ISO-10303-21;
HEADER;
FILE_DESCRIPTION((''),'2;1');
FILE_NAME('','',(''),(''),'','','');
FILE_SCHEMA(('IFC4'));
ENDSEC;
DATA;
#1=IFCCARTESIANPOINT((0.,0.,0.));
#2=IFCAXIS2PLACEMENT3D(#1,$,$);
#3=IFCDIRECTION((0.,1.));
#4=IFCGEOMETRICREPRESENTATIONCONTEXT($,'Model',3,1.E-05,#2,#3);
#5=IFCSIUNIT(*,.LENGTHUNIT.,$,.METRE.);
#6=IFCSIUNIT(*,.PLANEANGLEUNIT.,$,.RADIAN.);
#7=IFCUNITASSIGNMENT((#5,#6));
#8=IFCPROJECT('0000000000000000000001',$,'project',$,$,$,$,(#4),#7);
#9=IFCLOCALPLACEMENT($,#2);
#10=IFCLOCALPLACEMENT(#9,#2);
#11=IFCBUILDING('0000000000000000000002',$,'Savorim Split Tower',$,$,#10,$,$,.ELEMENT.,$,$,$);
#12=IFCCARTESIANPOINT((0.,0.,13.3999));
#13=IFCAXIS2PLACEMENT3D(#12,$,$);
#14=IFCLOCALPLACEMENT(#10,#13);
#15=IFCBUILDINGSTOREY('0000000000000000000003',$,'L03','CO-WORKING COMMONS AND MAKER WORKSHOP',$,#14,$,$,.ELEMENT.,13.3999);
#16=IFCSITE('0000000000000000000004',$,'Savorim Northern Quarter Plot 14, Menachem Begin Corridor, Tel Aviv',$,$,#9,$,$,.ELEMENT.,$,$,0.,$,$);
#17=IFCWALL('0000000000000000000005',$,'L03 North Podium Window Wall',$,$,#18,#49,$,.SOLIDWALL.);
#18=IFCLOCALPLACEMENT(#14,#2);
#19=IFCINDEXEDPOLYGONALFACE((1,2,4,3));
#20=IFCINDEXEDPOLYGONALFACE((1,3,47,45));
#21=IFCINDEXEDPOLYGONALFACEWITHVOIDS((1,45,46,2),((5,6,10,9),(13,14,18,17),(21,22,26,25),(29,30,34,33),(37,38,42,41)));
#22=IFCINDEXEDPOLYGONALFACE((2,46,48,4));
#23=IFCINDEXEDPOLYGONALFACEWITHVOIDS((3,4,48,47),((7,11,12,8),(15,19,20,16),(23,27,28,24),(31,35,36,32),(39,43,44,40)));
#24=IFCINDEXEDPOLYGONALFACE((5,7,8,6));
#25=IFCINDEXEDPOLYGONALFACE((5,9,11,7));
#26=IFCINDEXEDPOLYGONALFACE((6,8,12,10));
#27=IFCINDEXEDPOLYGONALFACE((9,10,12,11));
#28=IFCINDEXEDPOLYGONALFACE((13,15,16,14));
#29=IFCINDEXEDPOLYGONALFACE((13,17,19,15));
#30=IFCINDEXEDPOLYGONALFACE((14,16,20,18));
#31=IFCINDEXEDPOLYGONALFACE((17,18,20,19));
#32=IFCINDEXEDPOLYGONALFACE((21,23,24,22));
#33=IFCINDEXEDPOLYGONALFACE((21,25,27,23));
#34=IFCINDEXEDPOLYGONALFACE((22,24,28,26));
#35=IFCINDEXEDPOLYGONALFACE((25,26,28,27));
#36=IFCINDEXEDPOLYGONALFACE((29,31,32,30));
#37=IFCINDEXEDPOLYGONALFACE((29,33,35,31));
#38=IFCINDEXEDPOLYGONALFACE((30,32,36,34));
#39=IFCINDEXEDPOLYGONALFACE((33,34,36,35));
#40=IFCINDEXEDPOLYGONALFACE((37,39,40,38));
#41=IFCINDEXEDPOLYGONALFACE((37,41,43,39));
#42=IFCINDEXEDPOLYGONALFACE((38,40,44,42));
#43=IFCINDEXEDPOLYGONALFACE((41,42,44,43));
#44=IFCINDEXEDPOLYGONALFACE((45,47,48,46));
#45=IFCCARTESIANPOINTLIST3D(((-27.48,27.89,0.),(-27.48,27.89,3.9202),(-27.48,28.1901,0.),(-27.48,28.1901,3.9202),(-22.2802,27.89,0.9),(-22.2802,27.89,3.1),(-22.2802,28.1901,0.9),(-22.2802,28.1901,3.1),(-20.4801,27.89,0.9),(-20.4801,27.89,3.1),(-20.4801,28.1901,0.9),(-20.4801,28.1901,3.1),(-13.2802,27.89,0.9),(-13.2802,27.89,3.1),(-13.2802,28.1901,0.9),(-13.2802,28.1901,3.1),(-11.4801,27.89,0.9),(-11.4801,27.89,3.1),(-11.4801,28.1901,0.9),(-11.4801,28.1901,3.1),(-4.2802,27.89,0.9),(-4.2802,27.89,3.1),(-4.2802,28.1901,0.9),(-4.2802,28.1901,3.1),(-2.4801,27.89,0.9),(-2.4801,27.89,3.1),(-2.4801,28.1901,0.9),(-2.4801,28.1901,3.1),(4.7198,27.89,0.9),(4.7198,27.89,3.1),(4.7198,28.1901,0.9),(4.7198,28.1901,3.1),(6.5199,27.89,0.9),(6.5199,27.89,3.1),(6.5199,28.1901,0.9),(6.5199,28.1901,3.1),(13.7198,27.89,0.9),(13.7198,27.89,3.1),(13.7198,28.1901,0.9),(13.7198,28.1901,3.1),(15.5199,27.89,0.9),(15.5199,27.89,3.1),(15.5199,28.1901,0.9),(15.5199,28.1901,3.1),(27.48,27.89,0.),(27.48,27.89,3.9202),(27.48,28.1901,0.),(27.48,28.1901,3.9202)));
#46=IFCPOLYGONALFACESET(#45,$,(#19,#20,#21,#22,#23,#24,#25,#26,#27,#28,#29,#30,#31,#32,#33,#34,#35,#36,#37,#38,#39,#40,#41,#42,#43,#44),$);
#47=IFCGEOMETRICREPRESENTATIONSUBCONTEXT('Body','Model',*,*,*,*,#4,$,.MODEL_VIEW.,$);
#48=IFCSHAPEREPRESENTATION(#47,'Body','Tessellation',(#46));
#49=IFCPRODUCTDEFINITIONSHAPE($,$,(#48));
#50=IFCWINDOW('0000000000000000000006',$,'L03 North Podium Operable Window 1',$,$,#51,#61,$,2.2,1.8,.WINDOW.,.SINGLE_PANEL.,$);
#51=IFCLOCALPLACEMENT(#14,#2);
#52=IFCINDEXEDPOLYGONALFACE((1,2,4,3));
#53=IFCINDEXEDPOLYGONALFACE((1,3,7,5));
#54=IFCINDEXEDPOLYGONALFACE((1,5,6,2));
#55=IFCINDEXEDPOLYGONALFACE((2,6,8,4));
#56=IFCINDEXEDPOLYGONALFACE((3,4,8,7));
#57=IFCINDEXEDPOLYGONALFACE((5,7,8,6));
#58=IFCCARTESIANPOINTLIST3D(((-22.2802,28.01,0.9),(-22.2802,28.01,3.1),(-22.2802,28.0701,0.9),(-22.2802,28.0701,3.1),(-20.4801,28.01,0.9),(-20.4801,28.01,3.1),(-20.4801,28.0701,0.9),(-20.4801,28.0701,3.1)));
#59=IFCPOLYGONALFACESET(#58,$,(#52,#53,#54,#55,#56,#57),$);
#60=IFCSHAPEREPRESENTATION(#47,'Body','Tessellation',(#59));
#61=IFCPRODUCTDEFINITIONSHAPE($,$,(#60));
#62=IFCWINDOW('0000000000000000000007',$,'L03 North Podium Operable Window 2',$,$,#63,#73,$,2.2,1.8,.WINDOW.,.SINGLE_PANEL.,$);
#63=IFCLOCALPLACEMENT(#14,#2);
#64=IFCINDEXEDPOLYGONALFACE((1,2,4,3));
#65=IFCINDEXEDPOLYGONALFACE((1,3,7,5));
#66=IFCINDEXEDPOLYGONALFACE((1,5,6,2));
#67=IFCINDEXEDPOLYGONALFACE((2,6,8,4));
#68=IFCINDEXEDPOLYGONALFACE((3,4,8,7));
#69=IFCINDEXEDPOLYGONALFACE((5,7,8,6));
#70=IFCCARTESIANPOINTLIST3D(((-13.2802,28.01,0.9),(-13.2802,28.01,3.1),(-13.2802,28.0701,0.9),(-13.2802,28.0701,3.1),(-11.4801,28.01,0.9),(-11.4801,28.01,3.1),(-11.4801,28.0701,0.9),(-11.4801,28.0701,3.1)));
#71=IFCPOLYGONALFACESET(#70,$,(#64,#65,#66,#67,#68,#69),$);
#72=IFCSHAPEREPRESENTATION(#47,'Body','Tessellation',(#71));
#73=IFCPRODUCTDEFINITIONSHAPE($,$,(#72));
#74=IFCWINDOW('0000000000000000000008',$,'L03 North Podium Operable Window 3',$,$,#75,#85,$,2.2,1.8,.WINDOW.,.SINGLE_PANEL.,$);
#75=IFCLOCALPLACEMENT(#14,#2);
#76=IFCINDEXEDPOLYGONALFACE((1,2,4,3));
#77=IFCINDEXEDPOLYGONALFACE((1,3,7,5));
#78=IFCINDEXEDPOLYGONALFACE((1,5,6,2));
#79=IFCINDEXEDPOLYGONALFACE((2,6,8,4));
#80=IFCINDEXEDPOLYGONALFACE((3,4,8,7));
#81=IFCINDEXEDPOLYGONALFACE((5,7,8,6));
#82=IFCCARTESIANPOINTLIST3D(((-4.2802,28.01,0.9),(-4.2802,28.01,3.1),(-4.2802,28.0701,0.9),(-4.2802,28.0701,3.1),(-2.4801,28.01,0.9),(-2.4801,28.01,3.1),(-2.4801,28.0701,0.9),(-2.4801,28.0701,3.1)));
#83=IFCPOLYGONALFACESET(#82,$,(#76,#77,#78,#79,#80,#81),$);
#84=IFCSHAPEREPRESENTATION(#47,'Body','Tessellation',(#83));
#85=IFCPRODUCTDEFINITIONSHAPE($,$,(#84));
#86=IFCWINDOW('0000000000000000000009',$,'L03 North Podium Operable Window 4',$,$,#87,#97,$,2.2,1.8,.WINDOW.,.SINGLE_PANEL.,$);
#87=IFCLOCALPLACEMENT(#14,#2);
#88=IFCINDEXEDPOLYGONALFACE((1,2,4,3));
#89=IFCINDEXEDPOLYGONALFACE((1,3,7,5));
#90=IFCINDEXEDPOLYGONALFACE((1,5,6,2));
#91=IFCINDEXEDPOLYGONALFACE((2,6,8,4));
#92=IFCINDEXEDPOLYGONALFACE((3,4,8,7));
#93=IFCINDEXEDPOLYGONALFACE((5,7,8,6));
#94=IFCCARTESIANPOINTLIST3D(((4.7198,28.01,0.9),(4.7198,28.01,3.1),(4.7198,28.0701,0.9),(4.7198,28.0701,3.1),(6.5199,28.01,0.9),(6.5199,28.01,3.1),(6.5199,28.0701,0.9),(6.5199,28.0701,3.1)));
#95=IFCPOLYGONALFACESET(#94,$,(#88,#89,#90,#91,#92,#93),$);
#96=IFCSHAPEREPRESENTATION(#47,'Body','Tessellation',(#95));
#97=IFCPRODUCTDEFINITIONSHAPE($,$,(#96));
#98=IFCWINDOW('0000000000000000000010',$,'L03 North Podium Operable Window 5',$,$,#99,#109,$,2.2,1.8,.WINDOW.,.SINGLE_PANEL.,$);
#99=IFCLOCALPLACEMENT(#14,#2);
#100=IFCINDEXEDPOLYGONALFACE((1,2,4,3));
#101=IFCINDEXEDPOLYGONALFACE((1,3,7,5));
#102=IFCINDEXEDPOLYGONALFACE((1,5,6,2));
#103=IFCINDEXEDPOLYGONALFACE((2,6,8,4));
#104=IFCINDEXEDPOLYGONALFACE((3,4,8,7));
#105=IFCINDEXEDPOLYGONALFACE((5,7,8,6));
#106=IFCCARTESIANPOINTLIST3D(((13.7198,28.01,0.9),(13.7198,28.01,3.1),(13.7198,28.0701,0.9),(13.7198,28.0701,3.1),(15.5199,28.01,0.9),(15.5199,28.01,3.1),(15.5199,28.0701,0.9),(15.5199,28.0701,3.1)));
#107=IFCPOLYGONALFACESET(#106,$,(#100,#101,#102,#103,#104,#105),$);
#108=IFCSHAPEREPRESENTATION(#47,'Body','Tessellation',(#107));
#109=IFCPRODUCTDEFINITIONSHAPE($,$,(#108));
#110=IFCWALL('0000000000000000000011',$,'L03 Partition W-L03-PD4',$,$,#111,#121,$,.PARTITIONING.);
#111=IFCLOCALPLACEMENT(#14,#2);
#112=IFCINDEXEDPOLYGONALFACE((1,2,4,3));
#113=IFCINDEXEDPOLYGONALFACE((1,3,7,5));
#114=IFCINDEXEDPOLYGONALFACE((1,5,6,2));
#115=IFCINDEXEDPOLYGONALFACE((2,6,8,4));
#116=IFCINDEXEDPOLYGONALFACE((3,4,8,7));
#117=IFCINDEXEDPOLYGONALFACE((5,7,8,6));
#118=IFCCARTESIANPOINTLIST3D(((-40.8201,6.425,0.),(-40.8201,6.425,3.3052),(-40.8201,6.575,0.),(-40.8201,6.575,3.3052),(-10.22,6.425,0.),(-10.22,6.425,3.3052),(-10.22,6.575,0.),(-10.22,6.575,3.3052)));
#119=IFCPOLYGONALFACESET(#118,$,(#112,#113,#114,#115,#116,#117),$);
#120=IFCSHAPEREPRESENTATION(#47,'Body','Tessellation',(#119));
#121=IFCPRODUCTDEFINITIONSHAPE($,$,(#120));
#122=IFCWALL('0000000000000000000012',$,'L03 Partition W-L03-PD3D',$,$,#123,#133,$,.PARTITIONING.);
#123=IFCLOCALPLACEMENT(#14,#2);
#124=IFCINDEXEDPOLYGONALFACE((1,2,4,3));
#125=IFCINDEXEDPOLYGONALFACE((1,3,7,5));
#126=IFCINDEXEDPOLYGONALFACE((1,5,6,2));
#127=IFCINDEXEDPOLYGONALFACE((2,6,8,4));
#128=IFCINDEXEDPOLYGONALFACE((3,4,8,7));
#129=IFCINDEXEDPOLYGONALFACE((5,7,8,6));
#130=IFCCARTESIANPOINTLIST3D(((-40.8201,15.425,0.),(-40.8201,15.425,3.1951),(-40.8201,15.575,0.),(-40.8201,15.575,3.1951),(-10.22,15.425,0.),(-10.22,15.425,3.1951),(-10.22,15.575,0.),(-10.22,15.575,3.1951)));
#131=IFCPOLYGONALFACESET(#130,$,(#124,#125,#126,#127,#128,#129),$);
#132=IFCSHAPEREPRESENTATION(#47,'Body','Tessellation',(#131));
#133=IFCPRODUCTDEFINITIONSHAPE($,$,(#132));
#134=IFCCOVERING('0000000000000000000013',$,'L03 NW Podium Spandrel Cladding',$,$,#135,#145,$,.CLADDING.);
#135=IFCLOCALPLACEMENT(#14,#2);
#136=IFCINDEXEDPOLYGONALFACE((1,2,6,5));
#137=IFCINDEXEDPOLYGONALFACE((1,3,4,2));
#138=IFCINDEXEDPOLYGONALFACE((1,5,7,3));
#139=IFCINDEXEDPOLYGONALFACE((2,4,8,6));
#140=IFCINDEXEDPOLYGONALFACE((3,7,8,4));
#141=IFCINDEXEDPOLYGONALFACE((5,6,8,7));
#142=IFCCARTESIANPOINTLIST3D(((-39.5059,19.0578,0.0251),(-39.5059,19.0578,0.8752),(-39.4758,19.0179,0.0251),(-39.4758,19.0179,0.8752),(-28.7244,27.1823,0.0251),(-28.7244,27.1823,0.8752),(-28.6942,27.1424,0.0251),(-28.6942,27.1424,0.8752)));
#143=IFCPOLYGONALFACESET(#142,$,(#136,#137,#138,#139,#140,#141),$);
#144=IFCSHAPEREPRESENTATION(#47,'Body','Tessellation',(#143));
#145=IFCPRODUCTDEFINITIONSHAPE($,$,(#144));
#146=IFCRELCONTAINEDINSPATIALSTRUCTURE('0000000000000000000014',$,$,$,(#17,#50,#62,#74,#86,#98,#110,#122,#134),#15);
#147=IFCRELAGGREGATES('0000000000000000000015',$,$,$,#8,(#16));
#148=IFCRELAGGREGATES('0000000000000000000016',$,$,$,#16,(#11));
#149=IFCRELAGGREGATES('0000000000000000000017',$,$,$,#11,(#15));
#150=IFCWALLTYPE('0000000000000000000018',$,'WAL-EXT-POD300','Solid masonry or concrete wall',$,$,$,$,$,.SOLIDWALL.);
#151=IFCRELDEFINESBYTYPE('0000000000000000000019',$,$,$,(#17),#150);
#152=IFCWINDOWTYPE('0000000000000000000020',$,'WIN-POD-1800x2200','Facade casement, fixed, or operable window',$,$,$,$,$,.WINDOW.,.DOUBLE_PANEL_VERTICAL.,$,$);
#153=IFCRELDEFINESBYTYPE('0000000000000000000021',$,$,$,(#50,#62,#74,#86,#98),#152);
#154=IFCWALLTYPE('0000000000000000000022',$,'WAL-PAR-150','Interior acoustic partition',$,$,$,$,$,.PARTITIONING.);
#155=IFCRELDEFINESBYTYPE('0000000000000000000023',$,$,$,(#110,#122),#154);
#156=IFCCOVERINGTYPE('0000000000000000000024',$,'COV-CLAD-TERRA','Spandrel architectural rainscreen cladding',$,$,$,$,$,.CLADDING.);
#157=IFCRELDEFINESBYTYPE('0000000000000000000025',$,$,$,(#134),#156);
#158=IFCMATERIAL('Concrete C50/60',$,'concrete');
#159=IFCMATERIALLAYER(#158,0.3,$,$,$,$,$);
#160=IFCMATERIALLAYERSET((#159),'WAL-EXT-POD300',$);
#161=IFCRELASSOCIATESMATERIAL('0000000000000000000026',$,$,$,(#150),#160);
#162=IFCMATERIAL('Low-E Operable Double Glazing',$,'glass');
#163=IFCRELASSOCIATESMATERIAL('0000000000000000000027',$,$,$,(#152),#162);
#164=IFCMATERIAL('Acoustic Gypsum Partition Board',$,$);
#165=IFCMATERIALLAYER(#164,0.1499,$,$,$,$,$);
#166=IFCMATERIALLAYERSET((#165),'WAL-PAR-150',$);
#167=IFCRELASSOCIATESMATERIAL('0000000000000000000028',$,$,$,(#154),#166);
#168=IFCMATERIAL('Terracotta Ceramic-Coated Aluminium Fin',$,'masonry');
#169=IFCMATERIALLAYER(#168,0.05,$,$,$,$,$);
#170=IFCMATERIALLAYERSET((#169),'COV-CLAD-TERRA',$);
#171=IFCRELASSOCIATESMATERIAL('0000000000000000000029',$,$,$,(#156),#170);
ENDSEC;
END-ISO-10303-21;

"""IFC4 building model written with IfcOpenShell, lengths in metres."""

from ifc_helpers import new_model, si_unit, direction, frame, frame_2d, origin, origin_2d, place, context, subcontext, project, spatial, rectangle, extrude, material, layer, layer_set, type_object, element, fill, save


model = new_model("IFC4")

# Units and contexts
model_context = context("Model", 3, precision=1e-05, world=origin(), true_north=direction((0.0, 1.0)))
body_context = subcontext(model_context, "Body", "Model", "MODEL_VIEW")
ifc_project = project(units=[si_unit("LENGTHUNIT", "METRE"), si_unit("PLANEANGLEUNIT", "RADIAN")], contexts=[model_context])

# Site, building, storey
site_placement = place(None, origin())
site = spatial("IfcSite", under=ifc_project, at=site_placement, Name="Savorim Northern Quarter Plot 14, Menachem Begin Corridor, Tel Aviv", CompositionType="ELEMENT", RefElevation=0.0)
building_placement = place(site_placement, origin())
building = spatial("IfcBuilding", under=site, at=building_placement, Name="Savorim Split Tower", CompositionType="ELEMENT")
storey_placement = place(building_placement, frame((0.0, 0.0, 13.3999)))
storey = spatial("IfcBuildingStorey", under=building, at=storey_placement, Name="L03", Description="CO-WORKING COMMONS AND MAKER WORKSHOP", CompositionType="ELEMENT", Elevation=13.3999)

# Shared definitions
ifc_material_1 = material(Name="Low-E Operable Double Glazing", Category="glass")

# Wall, openings, windows
ifc_material_2 = material(Name="Concrete C50/60", Category="concrete")
ifc_layer_1 = layer(ifc_material_2, 0.3)
ifc_layer_set_1 = layer_set([ifc_layer_1], Name="WAL-EXT-POD300")
wall_type_1 = type_object("IfcWallType", Name="WAL-EXT-POD300", Description="Solid masonry or concrete wall", PredefinedType="SOLIDWALL", material=ifc_layer_set_1)
wall_1_placement = place(storey_placement, frame((-27.48, 28.04, 0.0), z_axis=(0.0, 0.0, 1.0), x_axis=(1.0, 0.0, 0.0)))
wall_1 = element("IfcWall", 1, at=wall_1_placement, inside=storey, type_object=wall_type_1, Name="L03 North Podium Window Wall", PredefinedType="SOLIDWALL", context=body_context, shape_type="SweptSolid", body=[
    extrude(rectangle(XDim=54.96, YDim=0.3, at=frame_2d((27.48, 0.0))), origin(), (0.0, 0.0, 1.0), 3.9202),
])
opening_1_placement = place(wall_1_placement, frame((5.2, 0.0, 0.8999)))
opening_1 = element("IfcOpeningElement", 2, at=opening_1_placement, cuts=wall_1, PredefinedType="OPENING", context=body_context, shape_type="SweptSolid", body=[
    extrude(rectangle(XDim=1.8, YDim=2.2, at=frame_2d((0.8999, 1.1001))), frame((0.0, 0.1599, 0.0), z_axis=(0.0, -1.0, 0.0), x_axis=(1.0, 0.0, 0.0)), (0.0, 0.0, 1.0), 0.3201),
])
opening_2_placement = place(wall_1_placement, frame((14.2, 0.0, 0.8999)))
opening_2 = element("IfcOpeningElement", 3, at=opening_2_placement, cuts=wall_1, PredefinedType="OPENING", context=body_context, shape_type="SweptSolid", body=[
    extrude(rectangle(XDim=1.8, YDim=2.2, at=frame_2d((0.8999, 1.1001))), frame((0.0, 0.1599, 0.0), z_axis=(0.0, -1.0, 0.0), x_axis=(1.0, 0.0, 0.0)), (0.0, 0.0, 1.0), 0.3201),
])
opening_3_placement = place(wall_1_placement, frame((23.2, 0.0, 0.8999)))
opening_3 = element("IfcOpeningElement", 4, at=opening_3_placement, cuts=wall_1, PredefinedType="OPENING", context=body_context, shape_type="SweptSolid", body=[
    extrude(rectangle(XDim=1.8, YDim=2.2, at=frame_2d((0.8999, 1.1001))), frame((0.0, 0.1599, 0.0), z_axis=(0.0, -1.0, 0.0), x_axis=(1.0, 0.0, 0.0)), (0.0, 0.0, 1.0), 0.3201),
])
opening_4_placement = place(wall_1_placement, frame((32.2, 0.0, 0.8999)))
opening_4 = element("IfcOpeningElement", 5, at=opening_4_placement, cuts=wall_1, PredefinedType="OPENING", context=body_context, shape_type="SweptSolid", body=[
    extrude(rectangle(XDim=1.8, YDim=2.2, at=frame_2d((0.8999, 1.1001))), frame((0.0, 0.1599, 0.0), z_axis=(0.0, -1.0, 0.0), x_axis=(1.0, 0.0, 0.0)), (0.0, 0.0, 1.0), 0.3201),
])
opening_5_placement = place(wall_1_placement, frame((41.2, 0.0, 0.8999)))
opening_5 = element("IfcOpeningElement", 6, at=opening_5_placement, cuts=wall_1, PredefinedType="OPENING", context=body_context, shape_type="SweptSolid", body=[
    extrude(rectangle(XDim=1.8, YDim=2.2, at=frame_2d((0.8999, 1.1001))), frame((0.0, 0.1599, 0.0), z_axis=(0.0, -1.0, 0.0), x_axis=(1.0, 0.0, 0.0)), (0.0, 0.0, 1.0), 0.3201),
])
window_type = type_object("IfcWindowType", Name="WIN-POD-1800x2200", Description="Facade casement, fixed, or operable window", PartitioningType="DOUBLE_PANEL_VERTICAL", PredefinedType="WINDOW", material=ifc_material_1)
window_1_placement = place(opening_1_placement, origin())
window_1 = element("IfcWindow", 7, at=window_1_placement, inside=storey, type_object=window_type, Name="L03 North Podium Operable Window 1", OverallHeight=2.2, OverallWidth=1.8, PartitioningType="SINGLE_PANEL", PredefinedType="WINDOW", context=body_context, shape_type="SweptSolid", body=[
    extrude(rectangle(XDim=1.8, YDim=2.2, at=frame_2d((0.8999, 1.1001))), frame((0.0, 0.03, 0.0), z_axis=(0.0, -1.0, 0.0), x_axis=(1.0, 0.0, 0.0)), (0.0, 0.0, 1.0), 0.0601),
])
fill(opening_1, window_1)
window_2_placement = place(opening_2_placement, origin())
window_2 = element("IfcWindow", 8, at=window_2_placement, inside=storey, type_object=window_type, Name="L03 North Podium Operable Window 2", OverallHeight=2.2, OverallWidth=1.8, PartitioningType="SINGLE_PANEL", PredefinedType="WINDOW", context=body_context, shape_type="SweptSolid", body=[
    extrude(rectangle(XDim=1.8, YDim=2.2, at=frame_2d((0.8999, 1.1001))), frame((0.0, 0.03, 0.0), z_axis=(0.0, -1.0, 0.0), x_axis=(1.0, 0.0, 0.0)), (0.0, 0.0, 1.0), 0.0601),
])
fill(opening_2, window_2)
window_3_placement = place(opening_3_placement, origin())
window_3 = element("IfcWindow", 9, at=window_3_placement, inside=storey, type_object=window_type, Name="L03 North Podium Operable Window 3", OverallHeight=2.2, OverallWidth=1.8, PartitioningType="SINGLE_PANEL", PredefinedType="WINDOW", context=body_context, shape_type="SweptSolid", body=[
    extrude(rectangle(XDim=1.8, YDim=2.2, at=frame_2d((0.8999, 1.1001))), frame((0.0, 0.03, 0.0), z_axis=(0.0, -1.0, 0.0), x_axis=(1.0, 0.0, 0.0)), (0.0, 0.0, 1.0), 0.0601),
])
fill(opening_3, window_3)
window_4_placement = place(opening_4_placement, origin())
window_4 = element("IfcWindow", 10, at=window_4_placement, inside=storey, type_object=window_type, Name="L03 North Podium Operable Window 4", OverallHeight=2.2, OverallWidth=1.8, PartitioningType="SINGLE_PANEL", PredefinedType="WINDOW", context=body_context, shape_type="SweptSolid", body=[
    extrude(rectangle(XDim=1.8, YDim=2.2, at=frame_2d((0.8999, 1.1001))), frame((0.0, 0.03, 0.0), z_axis=(0.0, -1.0, 0.0), x_axis=(1.0, 0.0, 0.0)), (0.0, 0.0, 1.0), 0.0601),
])
fill(opening_4, window_4)
window_5_placement = place(opening_5_placement, origin())
window_5 = element("IfcWindow", 11, at=window_5_placement, inside=storey, type_object=window_type, Name="L03 North Podium Operable Window 5", OverallHeight=2.2, OverallWidth=1.8, PartitioningType="SINGLE_PANEL", PredefinedType="WINDOW", context=body_context, shape_type="SweptSolid", body=[
    extrude(rectangle(XDim=1.8, YDim=2.2, at=frame_2d((0.8999, 1.1001))), frame((0.0, 0.03, 0.0), z_axis=(0.0, -1.0, 0.0), x_axis=(1.0, 0.0, 0.0)), (0.0, 0.0, 1.0), 0.0601),
])
fill(opening_5, window_5)

# Walls
ifc_material_3 = material(Name="Acoustic Gypsum Partition Board")
ifc_layer_2 = layer(ifc_material_3, 0.1499)
ifc_layer_set_2 = layer_set([ifc_layer_2], Name="WAL-PAR-150")
wall_type_2 = type_object("IfcWallType", Name="WAL-PAR-150", Description="Interior acoustic partition", PredefinedType="PARTITIONING", material=ifc_layer_set_2)
wall_2_placement = place(storey_placement, frame((-40.8201, 6.5, 0.0), z_axis=(0.0, 0.0, 1.0), x_axis=(1.0, 0.0, 0.0)))
element("IfcWall", 12, at=wall_2_placement, inside=storey, type_object=wall_type_2, Name="L03 Partition W-L03-PD4", PredefinedType="PARTITIONING", context=body_context, shape_type="SweptSolid", body=[
    extrude(rectangle(XDim=30.6001, YDim=0.1499, at=frame_2d((15.3, 0.0))), origin(), (0.0, 0.0, 1.0), 3.3052),
])
wall_3_placement = place(storey_placement, frame((-40.8201, 15.5, 0.0), z_axis=(0.0, 0.0, 1.0), x_axis=(1.0, 0.0, 0.0)))
element("IfcWall", 13, at=wall_3_placement, inside=storey, type_object=wall_type_2, Name="L03 Partition W-L03-PD3D", PredefinedType="PARTITIONING", context=body_context, shape_type="SweptSolid", body=[
    extrude(rectangle(XDim=30.6001, YDim=0.1499, at=frame_2d((15.3, 0.0))), origin(), (0.0, 0.0, 1.0), 3.1951),
])

# Covering
ifc_material_4 = material(Name="Terracotta Ceramic-Coated Aluminium Fin", Category="masonry")
ifc_layer_3 = layer(ifc_material_4, 0.05)
ifc_layer_set_3 = layer_set([ifc_layer_3], Name="COV-CLAD-TERRA")
covering_type = type_object("IfcCoveringType", Name="COV-CLAD-TERRA", Description="Spandrel architectural rainscreen cladding", PredefinedType="CLADDING", material=ifc_layer_set_3)
covering_placement = place(storey_placement, frame((-34.1001, 23.1001, 0.0251), z_axis=(0.0, 0.0, 1.0), x_axis=(0.798636, 0.601815, 0.0)))
element("IfcCovering", 14, at=covering_placement, inside=storey, type_object=covering_type, Name="L03 NW Podium Spandrel Cladding", PredefinedType="CLADDING", context=body_context, shape_type="SweptSolid", body=[
    extrude(rectangle(XDim=13.5, YDim=0.05, at=origin_2d()), origin(), (0.0, 0.0, 1.0), 0.8501),
])

save(model, "model.ifc")
